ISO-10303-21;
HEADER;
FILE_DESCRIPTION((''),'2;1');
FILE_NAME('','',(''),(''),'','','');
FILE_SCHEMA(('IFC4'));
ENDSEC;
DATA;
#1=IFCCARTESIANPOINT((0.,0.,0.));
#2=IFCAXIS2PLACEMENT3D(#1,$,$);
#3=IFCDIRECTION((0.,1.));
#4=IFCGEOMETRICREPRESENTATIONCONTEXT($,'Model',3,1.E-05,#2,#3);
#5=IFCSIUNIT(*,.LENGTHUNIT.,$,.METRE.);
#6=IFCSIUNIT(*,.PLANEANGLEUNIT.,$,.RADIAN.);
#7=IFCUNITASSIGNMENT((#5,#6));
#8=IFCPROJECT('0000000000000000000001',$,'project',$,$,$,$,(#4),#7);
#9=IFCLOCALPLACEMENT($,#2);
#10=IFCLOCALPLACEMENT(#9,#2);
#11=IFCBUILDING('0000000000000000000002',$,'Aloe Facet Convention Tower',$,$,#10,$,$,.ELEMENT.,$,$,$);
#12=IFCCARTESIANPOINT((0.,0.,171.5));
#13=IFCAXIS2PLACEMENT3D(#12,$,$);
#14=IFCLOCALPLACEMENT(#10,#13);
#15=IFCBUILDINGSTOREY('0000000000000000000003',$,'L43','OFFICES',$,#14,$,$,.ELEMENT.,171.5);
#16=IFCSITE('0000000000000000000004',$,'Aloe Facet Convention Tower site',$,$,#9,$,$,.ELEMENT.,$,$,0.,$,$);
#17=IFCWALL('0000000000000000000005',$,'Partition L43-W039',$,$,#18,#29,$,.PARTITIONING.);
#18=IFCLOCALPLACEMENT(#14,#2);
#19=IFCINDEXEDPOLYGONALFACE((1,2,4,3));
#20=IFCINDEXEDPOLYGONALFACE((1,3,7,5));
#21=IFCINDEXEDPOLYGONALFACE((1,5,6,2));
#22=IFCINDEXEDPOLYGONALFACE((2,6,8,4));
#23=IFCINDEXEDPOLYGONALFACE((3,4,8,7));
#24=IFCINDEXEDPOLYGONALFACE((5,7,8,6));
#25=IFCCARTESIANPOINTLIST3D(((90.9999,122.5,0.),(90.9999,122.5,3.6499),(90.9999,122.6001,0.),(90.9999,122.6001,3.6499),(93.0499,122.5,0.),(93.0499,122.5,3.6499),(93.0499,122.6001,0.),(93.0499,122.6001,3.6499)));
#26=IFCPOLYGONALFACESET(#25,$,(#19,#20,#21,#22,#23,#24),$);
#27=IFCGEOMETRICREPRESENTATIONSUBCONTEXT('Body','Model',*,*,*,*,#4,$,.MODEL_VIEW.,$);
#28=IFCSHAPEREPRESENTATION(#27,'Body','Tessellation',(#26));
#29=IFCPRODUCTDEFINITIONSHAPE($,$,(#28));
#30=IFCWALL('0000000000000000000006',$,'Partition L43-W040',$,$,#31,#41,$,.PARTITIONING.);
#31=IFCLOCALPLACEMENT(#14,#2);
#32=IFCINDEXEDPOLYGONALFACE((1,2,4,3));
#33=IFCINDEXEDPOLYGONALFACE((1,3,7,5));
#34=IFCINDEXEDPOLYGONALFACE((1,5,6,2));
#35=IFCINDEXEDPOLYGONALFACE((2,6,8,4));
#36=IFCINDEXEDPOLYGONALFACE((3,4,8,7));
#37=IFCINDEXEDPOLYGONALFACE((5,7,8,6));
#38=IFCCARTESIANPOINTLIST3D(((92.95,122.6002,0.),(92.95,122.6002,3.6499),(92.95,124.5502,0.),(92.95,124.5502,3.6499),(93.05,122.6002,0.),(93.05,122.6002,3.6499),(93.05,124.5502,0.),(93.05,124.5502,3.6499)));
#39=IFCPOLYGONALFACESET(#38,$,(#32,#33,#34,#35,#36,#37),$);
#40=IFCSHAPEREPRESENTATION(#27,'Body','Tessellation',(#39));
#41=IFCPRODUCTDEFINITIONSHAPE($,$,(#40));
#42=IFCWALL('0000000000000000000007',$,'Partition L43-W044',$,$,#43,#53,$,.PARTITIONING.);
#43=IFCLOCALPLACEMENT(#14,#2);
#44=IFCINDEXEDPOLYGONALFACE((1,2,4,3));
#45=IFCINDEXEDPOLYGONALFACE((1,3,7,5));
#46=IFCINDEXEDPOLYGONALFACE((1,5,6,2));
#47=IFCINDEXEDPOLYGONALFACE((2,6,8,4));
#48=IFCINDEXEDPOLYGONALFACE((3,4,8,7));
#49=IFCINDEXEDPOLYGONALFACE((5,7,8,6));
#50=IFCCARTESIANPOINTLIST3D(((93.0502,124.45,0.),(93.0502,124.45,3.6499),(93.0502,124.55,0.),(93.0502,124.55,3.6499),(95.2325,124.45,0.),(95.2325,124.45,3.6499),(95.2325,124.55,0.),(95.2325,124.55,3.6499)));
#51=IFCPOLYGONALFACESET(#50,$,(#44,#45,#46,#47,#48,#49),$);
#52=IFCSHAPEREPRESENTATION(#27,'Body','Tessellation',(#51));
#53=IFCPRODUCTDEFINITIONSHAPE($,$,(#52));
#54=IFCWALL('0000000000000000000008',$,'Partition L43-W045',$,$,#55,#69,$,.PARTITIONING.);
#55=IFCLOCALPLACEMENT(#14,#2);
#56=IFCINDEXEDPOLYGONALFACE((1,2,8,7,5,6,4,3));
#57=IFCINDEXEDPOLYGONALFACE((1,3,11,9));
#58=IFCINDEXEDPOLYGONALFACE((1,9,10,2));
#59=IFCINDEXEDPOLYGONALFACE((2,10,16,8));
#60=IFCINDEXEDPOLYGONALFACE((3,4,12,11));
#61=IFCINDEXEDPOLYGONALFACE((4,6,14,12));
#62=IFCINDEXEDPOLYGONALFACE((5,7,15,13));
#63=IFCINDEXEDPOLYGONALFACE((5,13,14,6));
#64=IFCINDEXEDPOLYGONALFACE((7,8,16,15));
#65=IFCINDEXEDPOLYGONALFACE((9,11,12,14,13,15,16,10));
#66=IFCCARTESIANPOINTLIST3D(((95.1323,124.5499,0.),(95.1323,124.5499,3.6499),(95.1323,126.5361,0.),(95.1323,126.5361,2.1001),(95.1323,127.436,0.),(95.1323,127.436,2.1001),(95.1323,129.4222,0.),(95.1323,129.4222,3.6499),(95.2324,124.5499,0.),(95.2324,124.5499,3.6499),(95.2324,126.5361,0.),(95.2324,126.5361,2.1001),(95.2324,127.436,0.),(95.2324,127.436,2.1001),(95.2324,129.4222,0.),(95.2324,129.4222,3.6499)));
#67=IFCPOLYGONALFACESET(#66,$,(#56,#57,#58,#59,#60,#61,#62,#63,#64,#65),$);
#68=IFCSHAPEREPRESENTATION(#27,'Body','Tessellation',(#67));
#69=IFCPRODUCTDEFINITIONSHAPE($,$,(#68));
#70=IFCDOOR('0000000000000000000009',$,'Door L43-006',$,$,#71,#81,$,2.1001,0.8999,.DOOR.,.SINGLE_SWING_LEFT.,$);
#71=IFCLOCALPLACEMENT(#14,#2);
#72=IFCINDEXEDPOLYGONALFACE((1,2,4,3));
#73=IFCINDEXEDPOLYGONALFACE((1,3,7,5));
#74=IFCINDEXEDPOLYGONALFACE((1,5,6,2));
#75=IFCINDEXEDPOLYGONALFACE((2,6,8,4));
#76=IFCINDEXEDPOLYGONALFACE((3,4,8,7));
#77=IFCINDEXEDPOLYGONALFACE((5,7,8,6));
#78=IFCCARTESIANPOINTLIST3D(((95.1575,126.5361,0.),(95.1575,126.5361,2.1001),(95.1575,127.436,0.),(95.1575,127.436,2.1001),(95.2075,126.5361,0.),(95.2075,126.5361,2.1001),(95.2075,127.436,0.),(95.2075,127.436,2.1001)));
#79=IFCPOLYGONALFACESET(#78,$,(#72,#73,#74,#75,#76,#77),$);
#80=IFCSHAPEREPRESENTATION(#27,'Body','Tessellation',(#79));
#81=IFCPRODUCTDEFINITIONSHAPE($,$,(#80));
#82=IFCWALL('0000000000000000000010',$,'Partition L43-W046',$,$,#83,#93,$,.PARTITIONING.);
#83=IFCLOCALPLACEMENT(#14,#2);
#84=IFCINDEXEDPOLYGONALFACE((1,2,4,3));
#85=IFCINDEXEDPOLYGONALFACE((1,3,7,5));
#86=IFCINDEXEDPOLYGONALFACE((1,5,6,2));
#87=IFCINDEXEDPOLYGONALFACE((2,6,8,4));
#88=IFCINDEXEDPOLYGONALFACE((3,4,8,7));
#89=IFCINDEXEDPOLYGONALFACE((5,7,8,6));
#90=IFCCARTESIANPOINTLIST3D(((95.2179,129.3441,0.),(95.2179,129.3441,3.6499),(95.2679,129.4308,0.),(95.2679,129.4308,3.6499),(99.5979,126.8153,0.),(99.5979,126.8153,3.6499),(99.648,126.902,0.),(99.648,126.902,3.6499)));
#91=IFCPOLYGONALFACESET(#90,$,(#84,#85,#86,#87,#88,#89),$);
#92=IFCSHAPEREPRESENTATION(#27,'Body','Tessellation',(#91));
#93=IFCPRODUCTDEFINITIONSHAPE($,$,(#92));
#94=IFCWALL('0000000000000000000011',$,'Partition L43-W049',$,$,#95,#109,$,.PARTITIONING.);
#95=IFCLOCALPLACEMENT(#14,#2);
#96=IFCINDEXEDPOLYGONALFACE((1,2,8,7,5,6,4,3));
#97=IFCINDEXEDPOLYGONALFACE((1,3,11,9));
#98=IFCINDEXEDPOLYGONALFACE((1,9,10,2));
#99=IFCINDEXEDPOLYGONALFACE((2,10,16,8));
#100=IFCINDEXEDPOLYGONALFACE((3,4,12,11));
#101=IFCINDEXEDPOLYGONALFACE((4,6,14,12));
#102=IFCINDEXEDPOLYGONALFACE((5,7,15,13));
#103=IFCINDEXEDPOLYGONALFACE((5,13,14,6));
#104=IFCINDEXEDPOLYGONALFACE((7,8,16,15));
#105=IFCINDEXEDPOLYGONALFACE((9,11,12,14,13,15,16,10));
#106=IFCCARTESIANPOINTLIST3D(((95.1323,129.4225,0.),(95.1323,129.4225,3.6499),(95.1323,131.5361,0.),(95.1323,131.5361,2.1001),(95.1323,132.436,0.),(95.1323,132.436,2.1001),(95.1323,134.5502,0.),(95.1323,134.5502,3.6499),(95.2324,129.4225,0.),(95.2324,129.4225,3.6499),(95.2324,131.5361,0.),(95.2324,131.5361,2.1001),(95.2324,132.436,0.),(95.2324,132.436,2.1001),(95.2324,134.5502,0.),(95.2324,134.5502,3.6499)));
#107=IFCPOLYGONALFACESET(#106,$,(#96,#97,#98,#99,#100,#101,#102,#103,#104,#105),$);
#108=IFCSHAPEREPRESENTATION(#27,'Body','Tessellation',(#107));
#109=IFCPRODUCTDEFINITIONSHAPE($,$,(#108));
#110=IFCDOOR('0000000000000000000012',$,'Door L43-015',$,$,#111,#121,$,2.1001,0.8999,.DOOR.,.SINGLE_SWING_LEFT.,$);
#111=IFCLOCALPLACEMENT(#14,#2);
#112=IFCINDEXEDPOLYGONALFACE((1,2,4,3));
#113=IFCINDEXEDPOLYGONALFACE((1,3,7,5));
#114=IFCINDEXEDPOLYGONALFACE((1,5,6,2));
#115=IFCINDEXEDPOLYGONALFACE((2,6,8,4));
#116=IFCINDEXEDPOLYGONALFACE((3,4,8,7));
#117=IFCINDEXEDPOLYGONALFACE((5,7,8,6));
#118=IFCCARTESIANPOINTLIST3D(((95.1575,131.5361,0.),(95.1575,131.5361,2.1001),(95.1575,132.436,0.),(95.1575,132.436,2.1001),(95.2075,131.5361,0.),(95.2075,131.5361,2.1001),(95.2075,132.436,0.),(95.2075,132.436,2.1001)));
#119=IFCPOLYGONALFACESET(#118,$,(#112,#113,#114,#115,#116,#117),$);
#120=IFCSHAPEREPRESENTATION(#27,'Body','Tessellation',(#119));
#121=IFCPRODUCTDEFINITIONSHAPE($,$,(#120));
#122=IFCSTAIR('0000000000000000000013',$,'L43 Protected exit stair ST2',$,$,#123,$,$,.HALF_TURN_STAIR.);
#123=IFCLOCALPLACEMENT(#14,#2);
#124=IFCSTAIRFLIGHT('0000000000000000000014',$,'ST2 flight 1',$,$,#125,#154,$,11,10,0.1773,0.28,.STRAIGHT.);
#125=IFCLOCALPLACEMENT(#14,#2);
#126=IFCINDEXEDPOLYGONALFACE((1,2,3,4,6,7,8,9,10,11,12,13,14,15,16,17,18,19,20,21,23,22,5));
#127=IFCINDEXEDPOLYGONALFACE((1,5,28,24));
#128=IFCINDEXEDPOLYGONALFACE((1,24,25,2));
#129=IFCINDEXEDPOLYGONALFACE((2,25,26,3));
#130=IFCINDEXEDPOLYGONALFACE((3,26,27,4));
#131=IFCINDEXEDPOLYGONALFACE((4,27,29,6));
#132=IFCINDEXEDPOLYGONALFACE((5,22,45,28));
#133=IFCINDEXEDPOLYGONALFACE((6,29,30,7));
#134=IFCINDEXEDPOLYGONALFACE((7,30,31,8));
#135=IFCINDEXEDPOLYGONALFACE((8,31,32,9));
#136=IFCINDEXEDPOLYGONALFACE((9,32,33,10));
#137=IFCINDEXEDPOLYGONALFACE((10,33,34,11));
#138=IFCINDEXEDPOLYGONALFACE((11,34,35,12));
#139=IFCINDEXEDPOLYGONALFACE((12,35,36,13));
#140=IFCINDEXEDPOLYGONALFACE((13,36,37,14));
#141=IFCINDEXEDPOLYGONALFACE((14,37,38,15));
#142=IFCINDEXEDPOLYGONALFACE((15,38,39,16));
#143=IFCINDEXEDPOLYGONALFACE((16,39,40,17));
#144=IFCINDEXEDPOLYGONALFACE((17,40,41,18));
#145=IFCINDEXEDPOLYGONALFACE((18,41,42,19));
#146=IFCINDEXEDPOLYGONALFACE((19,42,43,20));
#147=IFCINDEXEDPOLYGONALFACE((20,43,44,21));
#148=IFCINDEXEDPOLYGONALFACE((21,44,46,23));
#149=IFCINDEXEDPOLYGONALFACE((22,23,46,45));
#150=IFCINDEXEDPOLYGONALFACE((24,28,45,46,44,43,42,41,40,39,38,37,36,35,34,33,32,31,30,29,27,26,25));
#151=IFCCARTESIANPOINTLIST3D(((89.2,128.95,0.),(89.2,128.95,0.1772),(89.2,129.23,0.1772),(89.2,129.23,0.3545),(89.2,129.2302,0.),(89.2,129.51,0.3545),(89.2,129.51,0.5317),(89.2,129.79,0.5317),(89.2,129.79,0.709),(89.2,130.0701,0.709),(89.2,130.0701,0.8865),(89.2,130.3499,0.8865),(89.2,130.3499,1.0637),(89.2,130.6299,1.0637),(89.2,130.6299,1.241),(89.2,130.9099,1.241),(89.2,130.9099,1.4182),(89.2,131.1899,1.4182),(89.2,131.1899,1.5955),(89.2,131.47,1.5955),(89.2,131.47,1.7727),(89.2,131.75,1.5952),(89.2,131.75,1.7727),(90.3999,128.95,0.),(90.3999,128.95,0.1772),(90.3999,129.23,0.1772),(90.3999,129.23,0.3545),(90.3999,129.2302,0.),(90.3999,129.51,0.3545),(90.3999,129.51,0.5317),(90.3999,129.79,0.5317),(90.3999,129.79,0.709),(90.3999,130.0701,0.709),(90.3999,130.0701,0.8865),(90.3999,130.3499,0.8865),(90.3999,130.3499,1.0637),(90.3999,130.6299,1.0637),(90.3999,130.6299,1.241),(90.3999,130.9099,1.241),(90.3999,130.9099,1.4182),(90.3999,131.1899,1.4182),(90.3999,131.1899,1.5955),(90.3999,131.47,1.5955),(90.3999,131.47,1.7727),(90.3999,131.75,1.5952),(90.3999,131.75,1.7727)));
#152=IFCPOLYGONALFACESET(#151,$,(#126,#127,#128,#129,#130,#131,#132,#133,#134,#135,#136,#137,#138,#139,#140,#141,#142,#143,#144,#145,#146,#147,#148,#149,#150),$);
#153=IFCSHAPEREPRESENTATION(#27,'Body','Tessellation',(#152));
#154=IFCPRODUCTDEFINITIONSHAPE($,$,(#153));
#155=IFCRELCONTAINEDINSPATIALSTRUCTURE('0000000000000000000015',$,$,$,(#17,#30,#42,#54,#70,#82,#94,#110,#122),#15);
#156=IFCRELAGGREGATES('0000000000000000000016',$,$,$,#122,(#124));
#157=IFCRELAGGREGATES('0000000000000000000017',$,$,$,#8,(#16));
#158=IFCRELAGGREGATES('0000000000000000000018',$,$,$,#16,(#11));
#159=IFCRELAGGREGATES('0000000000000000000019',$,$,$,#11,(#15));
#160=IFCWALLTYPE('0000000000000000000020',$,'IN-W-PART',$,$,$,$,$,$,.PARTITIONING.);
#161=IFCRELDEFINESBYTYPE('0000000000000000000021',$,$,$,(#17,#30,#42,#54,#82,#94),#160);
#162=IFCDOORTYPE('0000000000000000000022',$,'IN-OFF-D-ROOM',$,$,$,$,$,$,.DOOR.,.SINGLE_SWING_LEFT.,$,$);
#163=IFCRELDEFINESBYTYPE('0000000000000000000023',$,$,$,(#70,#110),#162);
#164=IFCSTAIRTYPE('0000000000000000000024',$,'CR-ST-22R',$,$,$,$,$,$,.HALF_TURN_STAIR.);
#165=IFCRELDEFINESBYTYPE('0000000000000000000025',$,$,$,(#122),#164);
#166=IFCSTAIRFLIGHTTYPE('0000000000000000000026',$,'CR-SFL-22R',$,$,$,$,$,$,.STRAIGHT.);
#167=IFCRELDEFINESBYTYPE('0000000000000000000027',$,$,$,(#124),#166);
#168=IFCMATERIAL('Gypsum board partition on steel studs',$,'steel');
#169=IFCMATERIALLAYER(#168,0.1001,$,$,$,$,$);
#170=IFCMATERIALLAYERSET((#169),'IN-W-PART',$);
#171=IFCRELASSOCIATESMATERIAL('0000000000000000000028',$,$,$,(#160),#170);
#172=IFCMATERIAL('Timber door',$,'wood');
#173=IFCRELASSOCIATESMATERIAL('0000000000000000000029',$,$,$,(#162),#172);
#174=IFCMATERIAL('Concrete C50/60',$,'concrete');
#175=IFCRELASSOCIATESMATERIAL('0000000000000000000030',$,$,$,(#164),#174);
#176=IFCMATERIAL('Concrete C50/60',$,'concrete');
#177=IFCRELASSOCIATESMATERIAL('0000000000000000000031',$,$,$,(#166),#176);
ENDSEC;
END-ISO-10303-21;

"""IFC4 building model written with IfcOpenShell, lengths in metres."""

from ifc_helpers import new_model, si_unit, direction, frame, frame_2d, origin, place, context, subcontext, project, spatial, polyline, rectangle, outline, extrude, material, layer, layer_set, type_object, element, fill, aggregate, save


model = new_model("IFC4")

# Units and contexts
model_context = context("Model", 3, precision=1e-05, world=origin(), true_north=direction((0.0, 1.0)))
body_context = subcontext(model_context, "Body", "Model", "MODEL_VIEW")
ifc_project = project(units=[si_unit("LENGTHUNIT", "METRE"), si_unit("PLANEANGLEUNIT", "RADIAN")], contexts=[model_context])

# Site, building, storey
site_placement = place(None, origin())
site = spatial("IfcSite", under=ifc_project, at=site_placement, Name="Aloe Facet Convention Tower site", CompositionType="ELEMENT", RefElevation=0.0)
building_placement = place(site_placement, origin())
building = spatial("IfcBuilding", under=site, at=building_placement, Name="Aloe Facet Convention Tower", CompositionType="ELEMENT")
storey_placement = place(building_placement, frame((0.0, 0.0, 171.5)))
storey = spatial("IfcBuildingStorey", under=building, at=storey_placement, Name="L43", Description="OFFICES", CompositionType="ELEMENT", Elevation=171.5)

# Walls
ifc_material_1 = material(Name="Gypsum board partition on steel studs", Category="steel")
ifc_layer_1 = layer(ifc_material_1, 0.1001)
ifc_layer_set_1 = layer_set([ifc_layer_1], Name="IN-W-PART")
wall_type_1 = type_object("IfcWallType", Name="IN-W-PART", PredefinedType="PARTITIONING", material=ifc_layer_set_1)
wall_1_placement = place(storey_placement, frame((91.0, 122.55, 0.0), z_axis=(0.0, 0.0, 1.0), x_axis=(1.0, 0.0, 0.0)))
element("IfcWall", 1, at=wall_1_placement, inside=storey, type_object=wall_type_1, Name="Partition L43-W039", PredefinedType="PARTITIONING", context=body_context, shape_type="SweptSolid", body=[
    extrude(rectangle(XDim=2.05, YDim=0.1001, at=frame_2d((1.0249, 0.0))), origin(), (0.0, 0.0, 1.0), 3.6499),
])
wall_2_placement = place(storey_placement, frame((93.0, 122.6001, 0.0), z_axis=(0.0, 0.0, 1.0), x_axis=(0.0, 1.0, 0.0)))
element("IfcWall", 2, at=wall_2_placement, inside=storey, type_object=wall_type_1, Name="Partition L43-W040", PredefinedType="PARTITIONING", context=body_context, shape_type="SweptSolid", body=[
    extrude(rectangle(XDim=1.95, YDim=0.1001, at=frame_2d((0.9751, 0.0))), origin(), (0.0, 0.0, 1.0), 3.6499),
])
wall_3_placement = place(storey_placement, frame((93.05, 124.5, 0.0), z_axis=(0.0, 0.0, 1.0), x_axis=(1.0, 0.0, 0.0)))
element("IfcWall", 3, at=wall_3_placement, inside=storey, type_object=wall_type_1, Name="Partition L43-W044", PredefinedType="PARTITIONING", context=body_context, shape_type="SweptSolid", body=[
    extrude(rectangle(XDim=2.1824, YDim=0.1001, at=frame_2d((1.0913, 0.0))), origin(), (0.0, 0.0, 1.0), 3.6499),
])

# Wall, opening, door
wall_4_placement = place(storey_placement, frame((95.1824, 124.55, 0.0), z_axis=(0.0, 0.0, 1.0), x_axis=(0.0, 1.0, 0.0)))
wall_4 = element("IfcWall", 4, at=wall_4_placement, inside=storey, type_object=wall_type_1, Name="Partition L43-W045", PredefinedType="PARTITIONING", context=body_context, shape_type="SweptSolid", body=[
    extrude(rectangle(XDim=4.8723, YDim=0.1001, at=frame_2d((2.436, 0.0))), origin(), (0.0, 0.0, 1.0), 3.6499),
])
opening_1_placement = place(wall_4_placement, frame((1.9861, 0.0, 0.0)))
opening_1 = element("IfcOpeningElement", 5, at=opening_1_placement, cuts=wall_4, PredefinedType="OPENING", context=body_context, shape_type="SweptSolid", body=[
    extrude(rectangle(XDim=0.8999, YDim=2.1001, at=frame_2d((0.45, 1.05))), frame((0.0, 0.0601, 0.0), z_axis=(0.0, -1.0, 0.0), x_axis=(1.0, 0.0, 0.0)), (0.0, 0.0, 1.0), 0.1201),
])
ifc_material_2 = material(Name="Timber door", Category="wood")
door_type = type_object("IfcDoorType", Name="IN-OFF-D-ROOM", OperationType="SINGLE_SWING_LEFT", PredefinedType="DOOR", material=ifc_material_2)
door_1_placement = place(opening_1_placement, origin())
door_1 = element("IfcDoor", 6, at=door_1_placement, inside=storey, type_object=door_type, Name="Door L43-006", OperationType="SINGLE_SWING_LEFT", OverallHeight=2.1001, OverallWidth=0.8999, PredefinedType="DOOR", context=body_context, shape_type="SweptSolid", body=[
    extrude(rectangle(XDim=0.8999, YDim=2.1001, at=frame_2d((0.45, 1.05))), frame((0.0, 0.0249, 0.0), z_axis=(0.0, -1.0, 0.0), x_axis=(1.0, 0.0, 0.0)), (0.0, 0.0, 1.0), 0.05),
])
fill(opening_1, door_1)

# Wall
wall_5_placement = place(storey_placement, frame((95.2429, 129.3875, 0.0), z_axis=(0.0, 0.0, 1.0), x_axis=(0.86603, -0.499991, 0.0)))
element("IfcWall", 7, at=wall_5_placement, inside=storey, type_object=wall_type_1, Name="Partition L43-W046", PredefinedType="PARTITIONING", context=body_context, shape_type="SweptSolid", body=[
    extrude(rectangle(XDim=5.0576, YDim=0.1001, at=frame_2d((2.5288, 0.0))), origin(), (0.0, 0.0, 1.0), 3.6499),
])

# Wall, opening, door
wall_6_placement = place(storey_placement, frame((95.1824, 129.4224, 0.0), z_axis=(0.0, 0.0, 1.0), x_axis=(0.0, 1.0, 0.0)))
wall_6 = element("IfcWall", 8, at=wall_6_placement, inside=storey, type_object=wall_type_1, Name="Partition L43-W049", PredefinedType="PARTITIONING", context=body_context, shape_type="SweptSolid", body=[
    extrude(rectangle(XDim=5.1277, YDim=0.1001, at=frame_2d((2.564, 0.0))), origin(), (0.0, 0.0, 1.0), 3.6499),
])
opening_2_placement = place(wall_6_placement, frame((2.1138, 0.0, 0.0)))
opening_2 = element("IfcOpeningElement", 9, at=opening_2_placement, cuts=wall_6, PredefinedType="OPENING", context=body_context, shape_type="SweptSolid", body=[
    extrude(rectangle(XDim=0.8999, YDim=2.1001, at=frame_2d((0.45, 1.05))), frame((0.0, 0.0601, 0.0), z_axis=(0.0, -1.0, 0.0), x_axis=(1.0, 0.0, 0.0)), (0.0, 0.0, 1.0), 0.1201),
])
door_2_placement = place(opening_2_placement, origin())
door_2 = element("IfcDoor", 10, at=door_2_placement, inside=storey, type_object=door_type, Name="Door L43-015", OperationType="SINGLE_SWING_LEFT", OverallHeight=2.1001, OverallWidth=0.8999, PredefinedType="DOOR", context=body_context, shape_type="SweptSolid", body=[
    extrude(rectangle(XDim=0.8999, YDim=2.1001, at=frame_2d((0.45, 1.05))), frame((0.0, 0.0249, 0.0), z_axis=(0.0, -1.0, 0.0), x_axis=(1.0, 0.0, 0.0)), (0.0, 0.0, 1.0), 0.05),
])
fill(opening_2, door_2)

# Stair, stair flight
ifc_material_3 = material(Name="Concrete C50/60", Category="concrete")
stair_type = type_object("IfcStairType", Name="CR-ST-22R", PredefinedType="HALF_TURN_STAIR", material=ifc_material_3)
stair_placement = place(storey_placement, origin())
stair = element("IfcStair", 11, at=stair_placement, inside=storey, type_object=stair_type, Name="L43 Protected exit stair ST2", PredefinedType="HALF_TURN_STAIR")
ifc_material_4 = material(Name="Concrete C50/60", Category="concrete")
stair_flight_type = type_object("IfcStairFlightType", Name="CR-SFL-22R", PredefinedType="STRAIGHT", material=ifc_material_4)
stair_flight_placement = place(storey_placement, frame((89.8, 128.95, 0.0), z_axis=(0.0, 0.0, 1.0), x_axis=(0.0, 1.0, 0.0)))
stair_flight = element("IfcStairFlight", 12, at=stair_flight_placement, type_object=stair_flight_type, Name="ST2 flight 1", NumberOfRisers=11, NumberOfTreads=10, PredefinedType="STRAIGHT", RiserHeight=0.1773, TreadLength=0.28, context=body_context, shape_type="SweptSolid", body=[
    extrude(outline(polyline([(0.0, 0.0), (0.0, 0.1772), (0.28, 0.1772), (0.28, 0.3545), (0.5601, 0.3545), (0.5601, 0.5317), (0.8401, 0.5317), (0.8401, 0.709), (1.1201, 0.709), (1.1201, 0.8865), (1.3999, 0.8865), (1.3999, 1.0637), (1.6799, 1.0637), (1.6799, 1.241), (1.96, 1.241), (1.96, 1.4182), (2.24, 1.4182), (2.24, 1.5955), (2.52, 1.5955), (2.52, 1.7727), (2.8, 1.7727), (2.8, 1.95), (2.8, 1.5952), (0.2803, 0.0), (0.0, 0.0)])), frame((0.0, 0.6001, 0.0), z_axis=(0.0, -1.0, 0.0), x_axis=(1.0, 0.0, 0.0)), (0.0, 0.0, 1.0), 1.2),
])
aggregate(stair, [stair_flight])

save(model, "model.ifc")
